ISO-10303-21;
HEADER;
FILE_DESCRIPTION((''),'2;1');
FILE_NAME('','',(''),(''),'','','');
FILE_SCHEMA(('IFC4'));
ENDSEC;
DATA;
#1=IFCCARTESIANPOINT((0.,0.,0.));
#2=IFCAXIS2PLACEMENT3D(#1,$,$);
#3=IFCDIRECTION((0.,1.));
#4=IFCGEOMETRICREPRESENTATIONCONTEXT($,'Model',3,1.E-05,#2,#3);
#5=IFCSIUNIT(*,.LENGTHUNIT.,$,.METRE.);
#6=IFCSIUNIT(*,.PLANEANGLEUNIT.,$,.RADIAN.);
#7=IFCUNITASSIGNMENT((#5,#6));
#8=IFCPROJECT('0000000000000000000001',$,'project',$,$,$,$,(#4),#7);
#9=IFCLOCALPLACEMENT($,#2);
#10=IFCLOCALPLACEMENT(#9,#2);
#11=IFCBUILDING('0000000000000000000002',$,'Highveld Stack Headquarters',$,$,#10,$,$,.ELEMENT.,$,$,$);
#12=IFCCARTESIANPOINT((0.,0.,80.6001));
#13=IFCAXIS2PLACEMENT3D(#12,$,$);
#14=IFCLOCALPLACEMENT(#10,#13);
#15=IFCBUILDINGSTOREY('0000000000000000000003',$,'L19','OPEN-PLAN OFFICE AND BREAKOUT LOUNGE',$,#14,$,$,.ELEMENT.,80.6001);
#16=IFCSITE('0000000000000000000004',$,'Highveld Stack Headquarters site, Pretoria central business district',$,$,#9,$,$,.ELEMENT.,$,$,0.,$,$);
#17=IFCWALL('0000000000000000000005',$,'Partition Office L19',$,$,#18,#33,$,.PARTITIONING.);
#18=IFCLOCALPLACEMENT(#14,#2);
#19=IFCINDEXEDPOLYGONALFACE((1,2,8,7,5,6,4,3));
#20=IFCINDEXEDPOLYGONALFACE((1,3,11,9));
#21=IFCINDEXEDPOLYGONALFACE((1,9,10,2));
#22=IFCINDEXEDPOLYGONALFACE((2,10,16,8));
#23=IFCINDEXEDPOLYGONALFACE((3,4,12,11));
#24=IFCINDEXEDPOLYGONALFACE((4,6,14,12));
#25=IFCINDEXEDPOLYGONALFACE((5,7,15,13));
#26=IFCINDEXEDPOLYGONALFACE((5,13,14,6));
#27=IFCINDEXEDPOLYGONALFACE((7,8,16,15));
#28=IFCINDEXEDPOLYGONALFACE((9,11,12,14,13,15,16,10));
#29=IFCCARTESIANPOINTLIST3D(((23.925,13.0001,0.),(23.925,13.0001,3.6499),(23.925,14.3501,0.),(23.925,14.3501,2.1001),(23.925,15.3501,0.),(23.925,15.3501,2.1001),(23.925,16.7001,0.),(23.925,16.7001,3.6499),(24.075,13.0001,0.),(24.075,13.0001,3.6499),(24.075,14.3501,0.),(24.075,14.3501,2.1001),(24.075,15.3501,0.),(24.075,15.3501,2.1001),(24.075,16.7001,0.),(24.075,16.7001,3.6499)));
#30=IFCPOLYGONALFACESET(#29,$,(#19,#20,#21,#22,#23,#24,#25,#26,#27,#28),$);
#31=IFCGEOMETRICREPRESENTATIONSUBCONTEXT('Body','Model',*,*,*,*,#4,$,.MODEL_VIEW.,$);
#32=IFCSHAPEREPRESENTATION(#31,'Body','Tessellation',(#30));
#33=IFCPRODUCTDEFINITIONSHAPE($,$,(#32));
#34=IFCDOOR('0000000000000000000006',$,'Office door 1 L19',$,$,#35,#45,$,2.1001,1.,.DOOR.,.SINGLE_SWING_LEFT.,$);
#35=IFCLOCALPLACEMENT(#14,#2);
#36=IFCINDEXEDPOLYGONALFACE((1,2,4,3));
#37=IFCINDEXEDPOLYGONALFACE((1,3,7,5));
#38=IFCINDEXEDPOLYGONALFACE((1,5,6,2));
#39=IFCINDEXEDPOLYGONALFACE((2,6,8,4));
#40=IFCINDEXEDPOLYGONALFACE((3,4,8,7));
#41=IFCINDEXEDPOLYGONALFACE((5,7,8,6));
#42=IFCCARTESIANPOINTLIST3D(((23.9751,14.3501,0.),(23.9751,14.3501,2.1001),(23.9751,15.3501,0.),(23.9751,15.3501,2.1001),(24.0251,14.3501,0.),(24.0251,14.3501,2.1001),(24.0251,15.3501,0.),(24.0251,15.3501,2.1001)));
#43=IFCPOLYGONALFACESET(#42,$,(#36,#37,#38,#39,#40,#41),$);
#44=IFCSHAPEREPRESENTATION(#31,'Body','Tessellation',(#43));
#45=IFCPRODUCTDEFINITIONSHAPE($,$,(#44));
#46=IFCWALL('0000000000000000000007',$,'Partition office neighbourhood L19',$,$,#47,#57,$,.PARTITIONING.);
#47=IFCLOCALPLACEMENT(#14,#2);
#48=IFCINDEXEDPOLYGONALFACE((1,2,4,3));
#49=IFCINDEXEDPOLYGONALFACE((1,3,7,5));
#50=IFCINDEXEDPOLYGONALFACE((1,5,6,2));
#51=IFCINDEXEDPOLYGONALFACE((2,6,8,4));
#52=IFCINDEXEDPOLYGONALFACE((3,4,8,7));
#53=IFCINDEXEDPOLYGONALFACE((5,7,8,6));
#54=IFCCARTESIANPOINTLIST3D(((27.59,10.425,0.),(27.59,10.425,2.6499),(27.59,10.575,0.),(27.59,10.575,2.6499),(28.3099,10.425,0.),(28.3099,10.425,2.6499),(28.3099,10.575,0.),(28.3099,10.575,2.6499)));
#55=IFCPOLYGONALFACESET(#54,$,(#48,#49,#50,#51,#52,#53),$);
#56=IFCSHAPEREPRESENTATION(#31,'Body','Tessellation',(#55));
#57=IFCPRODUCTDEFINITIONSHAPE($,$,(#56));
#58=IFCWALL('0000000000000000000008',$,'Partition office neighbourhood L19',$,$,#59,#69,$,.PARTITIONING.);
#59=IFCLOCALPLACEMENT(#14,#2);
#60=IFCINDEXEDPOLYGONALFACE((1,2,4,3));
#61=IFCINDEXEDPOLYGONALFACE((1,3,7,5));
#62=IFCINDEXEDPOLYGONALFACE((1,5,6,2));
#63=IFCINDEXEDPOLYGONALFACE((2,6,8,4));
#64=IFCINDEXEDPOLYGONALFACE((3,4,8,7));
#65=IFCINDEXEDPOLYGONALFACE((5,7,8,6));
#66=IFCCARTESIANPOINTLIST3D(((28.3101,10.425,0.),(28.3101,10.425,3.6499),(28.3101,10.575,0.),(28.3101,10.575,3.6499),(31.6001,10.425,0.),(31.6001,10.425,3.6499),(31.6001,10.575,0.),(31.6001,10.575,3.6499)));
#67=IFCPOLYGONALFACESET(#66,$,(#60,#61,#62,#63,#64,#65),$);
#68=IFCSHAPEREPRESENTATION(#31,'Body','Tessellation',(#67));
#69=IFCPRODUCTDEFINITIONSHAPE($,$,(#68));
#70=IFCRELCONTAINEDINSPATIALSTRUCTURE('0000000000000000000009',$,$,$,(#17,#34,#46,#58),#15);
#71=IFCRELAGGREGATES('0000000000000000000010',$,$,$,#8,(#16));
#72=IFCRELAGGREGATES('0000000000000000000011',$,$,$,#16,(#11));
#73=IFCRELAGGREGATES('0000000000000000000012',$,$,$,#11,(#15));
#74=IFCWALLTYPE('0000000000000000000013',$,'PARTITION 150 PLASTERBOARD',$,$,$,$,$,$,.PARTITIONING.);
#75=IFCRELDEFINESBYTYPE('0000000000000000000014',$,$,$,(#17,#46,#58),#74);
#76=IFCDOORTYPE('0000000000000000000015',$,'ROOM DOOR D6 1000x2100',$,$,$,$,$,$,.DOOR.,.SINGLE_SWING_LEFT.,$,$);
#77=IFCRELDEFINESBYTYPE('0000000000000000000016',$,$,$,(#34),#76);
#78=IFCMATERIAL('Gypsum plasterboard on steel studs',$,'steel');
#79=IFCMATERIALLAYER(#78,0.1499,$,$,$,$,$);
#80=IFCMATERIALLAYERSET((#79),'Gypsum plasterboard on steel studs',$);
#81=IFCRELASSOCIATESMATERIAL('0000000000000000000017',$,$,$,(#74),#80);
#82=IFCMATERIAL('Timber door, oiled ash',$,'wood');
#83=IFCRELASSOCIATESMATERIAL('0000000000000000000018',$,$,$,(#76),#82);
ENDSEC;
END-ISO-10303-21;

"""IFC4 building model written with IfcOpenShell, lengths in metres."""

from ifc_helpers import new_model, si_unit, direction, frame, frame_2d, origin, place, context, subcontext, project, spatial, rectangle, extrude, material, layer, layer_set, type_object, element, fill, save


model = new_model("IFC4")

# Units and contexts
model_context = context("Model", 3, precision=1e-05, world=origin(), true_north=direction((0.0, 1.0)))
body_context = subcontext(model_context, "Body", "Model", "MODEL_VIEW")
ifc_project = project(units=[si_unit("LENGTHUNIT", "METRE"), si_unit("PLANEANGLEUNIT", "RADIAN")], contexts=[model_context])

# Site, building, storey
site_placement = place(None, origin())
site = spatial("IfcSite", under=ifc_project, at=site_placement, Name="Highveld Stack Headquarters site, Pretoria central business district", CompositionType="ELEMENT", RefElevation=0.0)
building_placement = place(site_placement, origin())
building = spatial("IfcBuilding", under=site, at=building_placement, Name="Highveld Stack Headquarters", CompositionType="ELEMENT")
storey_placement = place(building_placement, frame((0.0, 0.0, 80.6001)))
storey = spatial("IfcBuildingStorey", under=building, at=storey_placement, Name="L19", Description="OPEN-PLAN OFFICE AND BREAKOUT LOUNGE", CompositionType="ELEMENT", Elevation=80.6001)

# Shared definitions
ifc_material_1 = material(Name="Gypsum plasterboard on steel studs", Category="steel")
ifc_layer_1 = layer(ifc_material_1, 0.1499)
ifc_layer_set_1 = layer_set([ifc_layer_1], Name="Gypsum plasterboard on steel studs")
wall_type = type_object("IfcWallType", Name="PARTITION 150 PLASTERBOARD", PredefinedType="PARTITIONING", material=ifc_layer_set_1)

# Wall, opening, door
wall_1_placement = place(storey_placement, frame((24.0, 13.0, 0.0), z_axis=(0.0, 0.0, 1.0), x_axis=(0.0, 1.0, 0.0)))
wall_1 = element("IfcWall", 1, at=wall_1_placement, inside=storey, type_object=wall_type, Name="Partition Office L19", PredefinedType="PARTITIONING", context=body_context, shape_type="SweptSolid", body=[
    extrude(rectangle(XDim=3.7, YDim=0.1499, at=frame_2d((1.8501, 0.0))), origin(), (0.0, 0.0, 1.0), 3.6499),
])
opening_placement = place(wall_1_placement, frame((1.3501, 0.0, 0.0)))
opening = element("IfcOpeningElement", 2, at=opening_placement, cuts=wall_1, PredefinedType="OPENING", context=body_context, shape_type="SweptSolid", body=[
    extrude(rectangle(XDim=1.0, YDim=2.1001, at=frame_2d((0.5, 1.05))), frame((0.0, 0.085, 0.0), z_axis=(0.0, -1.0, 0.0), x_axis=(1.0, 0.0, 0.0)), (0.0, 0.0, 1.0), 0.1699),
])
ifc_material_2 = material(Name="Timber door, oiled ash", Category="wood")
door_type = type_object("IfcDoorType", Name="ROOM DOOR D6 1000x2100", OperationType="SINGLE_SWING_LEFT", PredefinedType="DOOR", material=ifc_material_2)
door_placement = place(opening_placement, origin())
door = element("IfcDoor", 3, at=door_placement, inside=storey, type_object=door_type, Name="Office door 1 L19", OperationType="SINGLE_SWING_LEFT", OverallHeight=2.1001, OverallWidth=1.0, PredefinedType="DOOR", context=body_context, shape_type="SweptSolid", body=[
    extrude(rectangle(XDim=1.0, YDim=2.1001, at=frame_2d((0.5, 1.05))), frame((0.0, 0.0249, 0.0), z_axis=(0.0, -1.0, 0.0), x_axis=(1.0, 0.0, 0.0)), (0.0, 0.0, 1.0), 0.05),
])
fill(opening, door)

# Walls
wall_2_placement = place(storey_placement, frame((27.5901, 10.5, 0.0), z_axis=(0.0, 0.0, 1.0), x_axis=(1.0, 0.0, 0.0)))
element("IfcWall", 4, at=wall_2_placement, inside=storey, type_object=wall_type, Name="Partition office neighbourhood L19", PredefinedType="PARTITIONING", context=body_context, shape_type="SweptSolid", body=[
    extrude(rectangle(XDim=0.72, YDim=0.1499, at=frame_2d((0.3599, 0.0))), origin(), (0.0, 0.0, 1.0), 2.6499),
])
wall_3_placement = place(storey_placement, frame((28.3101, 10.5, 0.0), z_axis=(0.0, 0.0, 1.0), x_axis=(1.0, 0.0, 0.0)))
element("IfcWall", 5, at=wall_3_placement, inside=storey, type_object=wall_type, Name="Partition office neighbourhood L19", PredefinedType="PARTITIONING", context=body_context, shape_type="SweptSolid", body=[
    extrude(rectangle(XDim=3.29, YDim=0.1499, at=frame_2d((1.645, 0.0))), origin(), (0.0, 0.0, 1.0), 3.6499),
])

save(model, "model.ifc")
